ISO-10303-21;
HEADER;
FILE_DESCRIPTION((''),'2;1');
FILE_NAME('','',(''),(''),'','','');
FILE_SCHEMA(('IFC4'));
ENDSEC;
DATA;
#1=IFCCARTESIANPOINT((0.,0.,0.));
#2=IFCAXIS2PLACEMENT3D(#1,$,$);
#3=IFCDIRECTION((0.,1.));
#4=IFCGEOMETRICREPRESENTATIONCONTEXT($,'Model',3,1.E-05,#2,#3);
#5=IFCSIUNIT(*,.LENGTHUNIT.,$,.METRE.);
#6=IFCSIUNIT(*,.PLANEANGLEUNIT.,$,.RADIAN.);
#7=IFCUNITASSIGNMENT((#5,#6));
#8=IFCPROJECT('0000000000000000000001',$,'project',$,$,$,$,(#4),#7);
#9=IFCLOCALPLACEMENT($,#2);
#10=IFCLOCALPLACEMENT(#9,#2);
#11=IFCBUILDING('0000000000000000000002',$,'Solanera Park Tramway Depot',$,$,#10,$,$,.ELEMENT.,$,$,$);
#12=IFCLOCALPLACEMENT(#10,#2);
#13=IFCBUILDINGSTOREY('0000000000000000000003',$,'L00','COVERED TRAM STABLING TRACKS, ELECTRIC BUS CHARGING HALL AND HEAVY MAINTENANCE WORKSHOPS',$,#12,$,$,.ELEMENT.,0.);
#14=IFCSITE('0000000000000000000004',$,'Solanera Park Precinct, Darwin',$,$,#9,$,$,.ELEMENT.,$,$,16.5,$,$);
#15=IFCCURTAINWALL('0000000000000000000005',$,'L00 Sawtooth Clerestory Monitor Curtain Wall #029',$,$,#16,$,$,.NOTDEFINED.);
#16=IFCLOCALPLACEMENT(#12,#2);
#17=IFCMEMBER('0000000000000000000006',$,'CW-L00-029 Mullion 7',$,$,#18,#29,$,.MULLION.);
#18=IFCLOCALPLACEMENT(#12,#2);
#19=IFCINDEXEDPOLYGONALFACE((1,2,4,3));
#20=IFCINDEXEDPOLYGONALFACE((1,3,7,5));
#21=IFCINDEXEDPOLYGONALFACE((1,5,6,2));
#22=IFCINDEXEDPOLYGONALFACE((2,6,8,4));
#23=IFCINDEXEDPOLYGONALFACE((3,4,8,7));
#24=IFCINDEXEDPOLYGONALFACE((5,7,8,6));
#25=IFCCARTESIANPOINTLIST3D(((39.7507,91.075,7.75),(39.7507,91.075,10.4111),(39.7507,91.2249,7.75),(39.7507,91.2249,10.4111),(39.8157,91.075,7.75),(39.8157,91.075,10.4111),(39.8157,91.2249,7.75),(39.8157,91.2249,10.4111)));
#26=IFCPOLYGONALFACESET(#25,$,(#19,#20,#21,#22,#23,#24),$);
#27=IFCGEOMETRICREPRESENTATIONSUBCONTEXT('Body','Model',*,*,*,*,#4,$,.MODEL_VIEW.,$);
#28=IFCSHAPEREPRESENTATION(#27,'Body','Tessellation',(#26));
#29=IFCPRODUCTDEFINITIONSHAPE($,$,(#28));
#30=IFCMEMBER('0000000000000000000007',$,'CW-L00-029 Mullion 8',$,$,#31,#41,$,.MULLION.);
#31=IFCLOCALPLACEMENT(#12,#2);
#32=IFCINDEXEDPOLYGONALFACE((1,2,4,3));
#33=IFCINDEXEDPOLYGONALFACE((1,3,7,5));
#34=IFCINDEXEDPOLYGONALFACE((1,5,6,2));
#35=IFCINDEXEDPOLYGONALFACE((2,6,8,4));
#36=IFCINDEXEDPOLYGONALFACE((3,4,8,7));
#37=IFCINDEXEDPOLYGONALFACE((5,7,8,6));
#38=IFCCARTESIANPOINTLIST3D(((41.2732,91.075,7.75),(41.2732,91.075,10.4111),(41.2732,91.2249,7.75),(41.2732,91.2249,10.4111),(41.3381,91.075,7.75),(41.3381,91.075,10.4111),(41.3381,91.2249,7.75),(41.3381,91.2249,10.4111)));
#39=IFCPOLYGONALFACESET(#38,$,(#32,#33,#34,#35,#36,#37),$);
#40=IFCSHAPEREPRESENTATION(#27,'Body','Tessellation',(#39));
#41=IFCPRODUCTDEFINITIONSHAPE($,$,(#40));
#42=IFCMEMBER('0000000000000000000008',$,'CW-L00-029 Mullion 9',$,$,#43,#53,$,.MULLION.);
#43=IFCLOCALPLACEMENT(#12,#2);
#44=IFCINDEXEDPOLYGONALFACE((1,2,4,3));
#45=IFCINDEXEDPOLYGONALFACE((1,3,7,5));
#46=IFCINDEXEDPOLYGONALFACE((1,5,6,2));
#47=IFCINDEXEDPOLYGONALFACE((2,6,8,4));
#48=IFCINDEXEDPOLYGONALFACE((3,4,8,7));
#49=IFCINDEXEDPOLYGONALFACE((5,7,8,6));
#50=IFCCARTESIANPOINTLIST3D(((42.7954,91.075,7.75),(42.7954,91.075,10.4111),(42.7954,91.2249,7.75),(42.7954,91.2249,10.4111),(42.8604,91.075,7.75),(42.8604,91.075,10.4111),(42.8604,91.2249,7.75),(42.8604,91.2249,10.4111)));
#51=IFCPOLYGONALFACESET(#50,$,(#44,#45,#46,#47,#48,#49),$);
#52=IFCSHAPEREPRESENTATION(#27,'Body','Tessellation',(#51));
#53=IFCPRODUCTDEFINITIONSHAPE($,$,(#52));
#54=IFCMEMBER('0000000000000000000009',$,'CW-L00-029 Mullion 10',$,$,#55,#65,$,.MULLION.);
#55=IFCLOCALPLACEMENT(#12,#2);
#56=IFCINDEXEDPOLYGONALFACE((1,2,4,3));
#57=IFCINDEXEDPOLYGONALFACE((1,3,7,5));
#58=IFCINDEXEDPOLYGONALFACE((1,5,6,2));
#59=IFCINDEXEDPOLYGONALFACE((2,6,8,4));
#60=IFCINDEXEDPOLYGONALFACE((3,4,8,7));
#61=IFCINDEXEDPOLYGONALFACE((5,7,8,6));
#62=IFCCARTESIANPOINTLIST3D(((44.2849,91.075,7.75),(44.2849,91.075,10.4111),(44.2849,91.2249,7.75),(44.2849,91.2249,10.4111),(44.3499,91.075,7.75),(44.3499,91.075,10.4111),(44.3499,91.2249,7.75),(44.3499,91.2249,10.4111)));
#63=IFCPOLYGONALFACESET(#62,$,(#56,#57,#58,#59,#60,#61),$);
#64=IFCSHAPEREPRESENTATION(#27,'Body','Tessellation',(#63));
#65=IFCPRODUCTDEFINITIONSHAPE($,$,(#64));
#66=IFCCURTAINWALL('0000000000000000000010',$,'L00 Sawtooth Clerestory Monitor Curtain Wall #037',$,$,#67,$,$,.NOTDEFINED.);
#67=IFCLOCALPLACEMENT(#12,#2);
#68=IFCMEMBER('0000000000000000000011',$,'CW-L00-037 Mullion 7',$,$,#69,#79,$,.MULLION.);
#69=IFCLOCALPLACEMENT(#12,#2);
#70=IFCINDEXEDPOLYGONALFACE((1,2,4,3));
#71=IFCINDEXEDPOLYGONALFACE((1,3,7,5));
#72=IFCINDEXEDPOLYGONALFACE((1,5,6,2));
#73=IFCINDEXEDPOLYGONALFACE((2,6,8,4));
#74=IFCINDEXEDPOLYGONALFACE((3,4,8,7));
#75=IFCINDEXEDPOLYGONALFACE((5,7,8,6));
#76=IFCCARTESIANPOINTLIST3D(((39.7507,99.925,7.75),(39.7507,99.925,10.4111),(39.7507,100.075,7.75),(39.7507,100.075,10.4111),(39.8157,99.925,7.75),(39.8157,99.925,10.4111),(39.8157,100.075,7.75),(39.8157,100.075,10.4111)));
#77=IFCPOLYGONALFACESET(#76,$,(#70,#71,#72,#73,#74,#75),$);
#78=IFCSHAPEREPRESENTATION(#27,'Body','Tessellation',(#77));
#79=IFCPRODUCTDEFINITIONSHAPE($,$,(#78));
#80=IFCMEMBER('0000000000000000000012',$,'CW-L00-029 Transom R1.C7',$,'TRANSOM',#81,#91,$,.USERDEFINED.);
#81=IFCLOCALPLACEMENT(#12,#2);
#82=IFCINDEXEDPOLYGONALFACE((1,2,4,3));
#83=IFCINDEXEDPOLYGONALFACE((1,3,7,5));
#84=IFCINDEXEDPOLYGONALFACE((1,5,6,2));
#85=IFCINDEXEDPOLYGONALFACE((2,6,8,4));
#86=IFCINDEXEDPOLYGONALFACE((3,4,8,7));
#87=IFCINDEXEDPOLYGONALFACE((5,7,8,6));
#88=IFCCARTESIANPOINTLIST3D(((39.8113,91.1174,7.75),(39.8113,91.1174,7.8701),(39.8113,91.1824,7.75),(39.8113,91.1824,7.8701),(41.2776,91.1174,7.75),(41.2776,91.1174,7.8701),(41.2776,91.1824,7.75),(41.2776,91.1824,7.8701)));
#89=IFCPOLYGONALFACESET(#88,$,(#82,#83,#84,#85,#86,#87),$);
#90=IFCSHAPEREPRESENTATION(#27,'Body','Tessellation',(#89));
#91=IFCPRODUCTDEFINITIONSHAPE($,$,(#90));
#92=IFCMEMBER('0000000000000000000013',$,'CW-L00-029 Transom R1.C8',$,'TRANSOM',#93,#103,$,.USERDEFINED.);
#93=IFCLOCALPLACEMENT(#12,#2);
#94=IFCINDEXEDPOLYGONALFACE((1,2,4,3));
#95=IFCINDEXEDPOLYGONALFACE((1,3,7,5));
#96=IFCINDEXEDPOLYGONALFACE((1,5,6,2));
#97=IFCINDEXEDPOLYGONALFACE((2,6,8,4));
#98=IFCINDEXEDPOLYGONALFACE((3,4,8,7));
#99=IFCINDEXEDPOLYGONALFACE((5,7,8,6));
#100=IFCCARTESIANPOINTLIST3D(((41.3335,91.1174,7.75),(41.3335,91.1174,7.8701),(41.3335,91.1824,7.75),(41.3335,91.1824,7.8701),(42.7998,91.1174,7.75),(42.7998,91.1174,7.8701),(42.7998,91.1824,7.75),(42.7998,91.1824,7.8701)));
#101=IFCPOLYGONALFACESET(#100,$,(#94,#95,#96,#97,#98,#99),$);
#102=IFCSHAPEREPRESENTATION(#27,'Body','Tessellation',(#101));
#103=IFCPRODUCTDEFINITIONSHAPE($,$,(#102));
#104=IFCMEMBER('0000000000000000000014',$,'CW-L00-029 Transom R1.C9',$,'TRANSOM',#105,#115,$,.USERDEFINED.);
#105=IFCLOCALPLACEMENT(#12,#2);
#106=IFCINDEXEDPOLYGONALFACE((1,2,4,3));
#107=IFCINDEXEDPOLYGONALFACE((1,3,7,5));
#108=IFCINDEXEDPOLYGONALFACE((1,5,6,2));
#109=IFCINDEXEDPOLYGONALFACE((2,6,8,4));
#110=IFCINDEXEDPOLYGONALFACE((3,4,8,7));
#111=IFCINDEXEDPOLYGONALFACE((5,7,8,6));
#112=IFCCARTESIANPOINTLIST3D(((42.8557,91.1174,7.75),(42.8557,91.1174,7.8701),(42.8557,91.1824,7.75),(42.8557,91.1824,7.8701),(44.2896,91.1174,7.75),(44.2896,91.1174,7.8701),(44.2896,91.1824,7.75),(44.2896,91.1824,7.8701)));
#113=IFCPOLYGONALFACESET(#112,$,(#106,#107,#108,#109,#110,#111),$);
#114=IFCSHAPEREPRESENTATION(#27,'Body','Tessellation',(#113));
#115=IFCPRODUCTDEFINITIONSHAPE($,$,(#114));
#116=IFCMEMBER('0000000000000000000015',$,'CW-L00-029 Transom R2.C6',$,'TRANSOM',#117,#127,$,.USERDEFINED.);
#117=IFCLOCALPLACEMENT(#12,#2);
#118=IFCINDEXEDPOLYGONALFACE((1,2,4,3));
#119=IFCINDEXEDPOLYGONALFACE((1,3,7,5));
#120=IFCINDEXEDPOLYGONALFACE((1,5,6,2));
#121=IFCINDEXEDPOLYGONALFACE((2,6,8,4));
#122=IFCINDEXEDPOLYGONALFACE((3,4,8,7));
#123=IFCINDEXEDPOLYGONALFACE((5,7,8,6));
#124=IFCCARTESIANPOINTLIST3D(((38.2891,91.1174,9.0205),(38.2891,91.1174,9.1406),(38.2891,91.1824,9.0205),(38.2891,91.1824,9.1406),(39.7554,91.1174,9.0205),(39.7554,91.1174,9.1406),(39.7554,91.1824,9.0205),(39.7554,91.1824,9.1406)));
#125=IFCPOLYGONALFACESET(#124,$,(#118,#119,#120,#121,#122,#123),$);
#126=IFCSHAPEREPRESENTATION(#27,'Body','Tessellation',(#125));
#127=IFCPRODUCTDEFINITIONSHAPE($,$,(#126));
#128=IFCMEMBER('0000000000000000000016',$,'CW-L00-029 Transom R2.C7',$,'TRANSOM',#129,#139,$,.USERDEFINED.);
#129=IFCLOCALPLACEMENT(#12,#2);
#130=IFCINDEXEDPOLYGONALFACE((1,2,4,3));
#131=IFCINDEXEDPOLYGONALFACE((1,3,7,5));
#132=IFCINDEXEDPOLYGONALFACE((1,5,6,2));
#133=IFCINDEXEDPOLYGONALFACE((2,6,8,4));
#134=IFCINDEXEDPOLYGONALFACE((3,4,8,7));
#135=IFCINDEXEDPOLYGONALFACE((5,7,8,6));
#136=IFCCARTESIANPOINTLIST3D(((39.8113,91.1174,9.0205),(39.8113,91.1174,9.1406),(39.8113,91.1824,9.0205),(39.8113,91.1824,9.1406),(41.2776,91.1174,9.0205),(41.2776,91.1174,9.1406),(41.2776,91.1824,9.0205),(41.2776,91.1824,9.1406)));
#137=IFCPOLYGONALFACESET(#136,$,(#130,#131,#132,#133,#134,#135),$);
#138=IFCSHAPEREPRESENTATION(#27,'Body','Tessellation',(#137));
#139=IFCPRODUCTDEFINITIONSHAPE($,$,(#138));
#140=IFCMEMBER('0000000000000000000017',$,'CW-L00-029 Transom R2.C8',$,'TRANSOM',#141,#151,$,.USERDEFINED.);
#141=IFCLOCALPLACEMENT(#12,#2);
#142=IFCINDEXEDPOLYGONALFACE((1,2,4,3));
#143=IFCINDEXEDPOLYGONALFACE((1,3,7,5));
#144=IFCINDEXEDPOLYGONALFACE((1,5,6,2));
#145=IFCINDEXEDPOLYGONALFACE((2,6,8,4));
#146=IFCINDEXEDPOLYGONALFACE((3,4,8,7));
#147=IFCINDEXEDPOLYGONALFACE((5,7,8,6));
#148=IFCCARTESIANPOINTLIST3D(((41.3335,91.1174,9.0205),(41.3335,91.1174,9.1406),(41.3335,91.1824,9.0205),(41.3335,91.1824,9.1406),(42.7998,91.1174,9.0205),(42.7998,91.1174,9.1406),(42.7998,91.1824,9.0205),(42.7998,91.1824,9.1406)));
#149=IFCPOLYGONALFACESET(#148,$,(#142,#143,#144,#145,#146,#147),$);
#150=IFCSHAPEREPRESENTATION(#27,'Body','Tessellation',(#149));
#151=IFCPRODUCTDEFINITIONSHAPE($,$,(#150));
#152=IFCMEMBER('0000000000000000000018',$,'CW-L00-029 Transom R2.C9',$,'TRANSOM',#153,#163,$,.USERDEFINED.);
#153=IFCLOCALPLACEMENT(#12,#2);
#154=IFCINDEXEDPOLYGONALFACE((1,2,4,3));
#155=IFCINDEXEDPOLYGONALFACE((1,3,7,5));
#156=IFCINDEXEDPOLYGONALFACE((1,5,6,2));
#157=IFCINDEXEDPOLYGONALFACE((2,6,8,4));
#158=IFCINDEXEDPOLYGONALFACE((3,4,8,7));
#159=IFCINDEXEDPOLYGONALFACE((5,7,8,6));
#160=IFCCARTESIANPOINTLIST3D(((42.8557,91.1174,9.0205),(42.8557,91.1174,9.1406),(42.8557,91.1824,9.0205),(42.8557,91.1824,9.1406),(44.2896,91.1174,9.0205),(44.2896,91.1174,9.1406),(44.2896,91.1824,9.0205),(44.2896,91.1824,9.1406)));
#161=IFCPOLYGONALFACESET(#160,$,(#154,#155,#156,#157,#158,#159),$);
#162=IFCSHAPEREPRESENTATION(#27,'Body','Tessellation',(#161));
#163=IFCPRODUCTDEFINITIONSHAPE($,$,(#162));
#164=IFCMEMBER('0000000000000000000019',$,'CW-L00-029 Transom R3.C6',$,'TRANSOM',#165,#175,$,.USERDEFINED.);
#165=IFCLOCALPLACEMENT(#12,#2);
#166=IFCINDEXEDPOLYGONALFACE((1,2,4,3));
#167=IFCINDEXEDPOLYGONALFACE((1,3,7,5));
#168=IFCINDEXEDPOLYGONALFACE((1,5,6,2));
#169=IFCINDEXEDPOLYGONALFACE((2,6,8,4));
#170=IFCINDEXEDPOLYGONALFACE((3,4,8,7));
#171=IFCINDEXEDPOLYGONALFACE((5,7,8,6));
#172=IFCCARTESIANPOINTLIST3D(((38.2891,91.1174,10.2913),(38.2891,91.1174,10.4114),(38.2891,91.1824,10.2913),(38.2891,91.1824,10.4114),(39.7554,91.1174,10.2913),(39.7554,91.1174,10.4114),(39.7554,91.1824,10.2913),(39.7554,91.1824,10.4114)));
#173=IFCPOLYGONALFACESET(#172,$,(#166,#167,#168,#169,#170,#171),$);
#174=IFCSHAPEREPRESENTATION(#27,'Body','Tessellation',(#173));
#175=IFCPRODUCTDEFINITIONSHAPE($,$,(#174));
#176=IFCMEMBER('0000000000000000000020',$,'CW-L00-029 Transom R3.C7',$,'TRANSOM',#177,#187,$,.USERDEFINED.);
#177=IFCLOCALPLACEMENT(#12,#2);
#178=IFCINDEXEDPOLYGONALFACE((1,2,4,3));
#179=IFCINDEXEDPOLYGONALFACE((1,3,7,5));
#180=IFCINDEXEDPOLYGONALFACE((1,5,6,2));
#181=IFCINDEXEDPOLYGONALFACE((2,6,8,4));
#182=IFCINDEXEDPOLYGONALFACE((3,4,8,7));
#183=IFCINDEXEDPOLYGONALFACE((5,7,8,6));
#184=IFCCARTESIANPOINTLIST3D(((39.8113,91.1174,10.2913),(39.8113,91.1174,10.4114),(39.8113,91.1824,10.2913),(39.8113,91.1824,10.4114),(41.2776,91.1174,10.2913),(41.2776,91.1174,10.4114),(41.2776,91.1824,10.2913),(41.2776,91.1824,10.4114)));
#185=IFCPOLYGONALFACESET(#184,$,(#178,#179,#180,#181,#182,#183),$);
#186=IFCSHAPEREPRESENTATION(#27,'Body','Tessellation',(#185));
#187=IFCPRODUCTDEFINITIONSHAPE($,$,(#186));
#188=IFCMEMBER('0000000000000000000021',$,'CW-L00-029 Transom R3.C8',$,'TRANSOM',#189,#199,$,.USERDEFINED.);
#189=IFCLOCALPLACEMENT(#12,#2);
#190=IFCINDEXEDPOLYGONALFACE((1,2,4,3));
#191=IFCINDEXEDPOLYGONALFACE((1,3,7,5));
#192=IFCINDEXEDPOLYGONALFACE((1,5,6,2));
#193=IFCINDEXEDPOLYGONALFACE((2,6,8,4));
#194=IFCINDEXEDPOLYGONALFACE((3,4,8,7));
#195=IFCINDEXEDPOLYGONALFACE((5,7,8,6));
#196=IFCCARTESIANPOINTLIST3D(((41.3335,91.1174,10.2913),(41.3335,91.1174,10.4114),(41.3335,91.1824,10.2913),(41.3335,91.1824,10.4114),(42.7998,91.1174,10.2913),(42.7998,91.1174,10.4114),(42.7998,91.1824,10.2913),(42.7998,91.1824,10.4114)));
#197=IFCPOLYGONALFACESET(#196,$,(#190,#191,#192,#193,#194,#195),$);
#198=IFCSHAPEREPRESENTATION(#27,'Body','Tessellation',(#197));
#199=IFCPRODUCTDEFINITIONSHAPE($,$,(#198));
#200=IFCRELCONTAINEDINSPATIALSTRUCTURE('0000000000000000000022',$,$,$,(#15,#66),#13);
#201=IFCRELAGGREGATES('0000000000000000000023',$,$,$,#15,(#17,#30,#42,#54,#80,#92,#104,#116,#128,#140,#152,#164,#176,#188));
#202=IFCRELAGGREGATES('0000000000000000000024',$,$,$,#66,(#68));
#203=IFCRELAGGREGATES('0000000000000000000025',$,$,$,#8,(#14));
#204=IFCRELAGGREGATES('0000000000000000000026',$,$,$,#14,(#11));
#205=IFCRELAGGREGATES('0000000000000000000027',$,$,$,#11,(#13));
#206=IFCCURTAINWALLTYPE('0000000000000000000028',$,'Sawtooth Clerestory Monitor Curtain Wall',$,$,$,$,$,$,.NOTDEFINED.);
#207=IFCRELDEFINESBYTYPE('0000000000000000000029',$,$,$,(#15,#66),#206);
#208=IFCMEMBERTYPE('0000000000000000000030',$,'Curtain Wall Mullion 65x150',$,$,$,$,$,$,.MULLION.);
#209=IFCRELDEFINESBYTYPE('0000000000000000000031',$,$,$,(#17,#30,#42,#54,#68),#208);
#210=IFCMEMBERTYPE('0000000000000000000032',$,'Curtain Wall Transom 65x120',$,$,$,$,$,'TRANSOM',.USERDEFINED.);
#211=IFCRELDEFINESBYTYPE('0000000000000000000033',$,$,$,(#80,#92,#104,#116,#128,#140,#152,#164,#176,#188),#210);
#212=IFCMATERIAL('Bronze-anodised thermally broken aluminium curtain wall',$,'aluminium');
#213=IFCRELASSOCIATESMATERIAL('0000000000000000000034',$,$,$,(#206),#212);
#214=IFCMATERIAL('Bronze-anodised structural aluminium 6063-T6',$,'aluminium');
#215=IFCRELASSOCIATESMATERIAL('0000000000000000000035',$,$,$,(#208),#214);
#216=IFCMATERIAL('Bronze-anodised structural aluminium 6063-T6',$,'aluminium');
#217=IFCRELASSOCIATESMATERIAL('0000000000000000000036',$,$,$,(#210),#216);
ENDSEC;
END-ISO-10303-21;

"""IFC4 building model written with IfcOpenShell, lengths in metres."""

from ifc_helpers import new_model, si_unit, direction, frame, origin, origin_2d, place, context, subcontext, project, spatial, rectangle, extrude, material, material_profile, profile_set, type_object, element, aggregate, save


model = new_model("IFC4")

# Units and contexts
model_context = context("Model", 3, precision=1e-05, world=origin(), true_north=direction((0.0, 1.0)))
body_context = subcontext(model_context, "Body", "Model", "MODEL_VIEW")
ifc_project = project(units=[si_unit("LENGTHUNIT", "METRE"), si_unit("PLANEANGLEUNIT", "RADIAN")], contexts=[model_context])

# Site, building, storey
site_placement = place(None, origin())
site = spatial("IfcSite", under=ifc_project, at=site_placement, Name="Solanera Park Precinct, Darwin", CompositionType="ELEMENT", RefElevation=16.5)
building_placement = place(site_placement, origin())
building = spatial("IfcBuilding", under=site, at=building_placement, Name="Solanera Park Tramway Depot", CompositionType="ELEMENT")
storey_placement = place(building_placement, origin())
storey = spatial("IfcBuildingStorey", under=building, at=storey_placement, Name="L00", Description="COVERED TRAM STABLING TRACKS, ELECTRIC BUS CHARGING HALL AND HEAVY MAINTENANCE WORKSHOPS", CompositionType="ELEMENT", Elevation=0.0)

# Curtain wall, members
ifc_material_1 = material(Name="Bronze-anodised thermally broken aluminium curtain wall", Category="aluminium")
curtain_wall_type = type_object("IfcCurtainWallType", Name="Sawtooth Clerestory Monitor Curtain Wall", PredefinedType="NOTDEFINED", material=ifc_material_1)
curtain_wall_1_placement = place(storey_placement, origin())
curtain_wall_1 = element("IfcCurtainWall", 1, at=curtain_wall_1_placement, inside=storey, type_object=curtain_wall_type, Name="L00 Sawtooth Clerestory Monitor Curtain Wall #029", PredefinedType="NOTDEFINED")
ifc_material_2 = material(Name="Bronze-anodised structural aluminium 6063-T6", Category="aluminium")
ifc_material_profile_1 = material_profile(ifc_material_2, rectangle(XDim=0.0649, YDim=0.1499, at=origin_2d()), Name="Curtain Wall Mullion 65x150")
ifc_profile_set_1 = profile_set([ifc_material_profile_1], Name="Bronze-anodised structural aluminium 6063-T6")
member_type_1 = type_object("IfcMemberType", Name="Curtain Wall Mullion 65x150", PredefinedType="MULLION", material=ifc_profile_set_1)
member_1_placement = place(storey_placement, frame((39.7832, 91.1499, 7.75), z_axis=(0.0, 0.0, 1.0), x_axis=(1.0, 0.0, 0.0)))
member_1 = element("IfcMember", 2, at=member_1_placement, type_object=member_type_1, Name="CW-L00-029 Mullion 7", PredefinedType="MULLION", context=body_context, shape_type="SweptSolid", body=[
    extrude(rectangle(XDim=0.0649, YDim=0.1499, at=origin_2d()), origin(), (0.0, 0.0, 1.0), 2.6611),
])
member_2_placement = place(storey_placement, frame((41.3057, 91.1499, 7.75), z_axis=(0.0, 0.0, 1.0), x_axis=(1.0, 0.0, 0.0)))
member_2 = element("IfcMember", 3, at=member_2_placement, type_object=member_type_1, Name="CW-L00-029 Mullion 8", PredefinedType="MULLION", context=body_context, shape_type="SweptSolid", body=[
    extrude(rectangle(XDim=0.0649, YDim=0.1499, at=origin_2d()), origin(), (0.0, 0.0, 1.0), 2.6611),
])
member_3_placement = place(storey_placement, frame((42.8279, 91.1499, 7.75), z_axis=(0.0, 0.0, 1.0), x_axis=(1.0, 0.0, 0.0)))
member_3 = element("IfcMember", 4, at=member_3_placement, type_object=member_type_1, Name="CW-L00-029 Mullion 9", PredefinedType="MULLION", context=body_context, shape_type="SweptSolid", body=[
    extrude(rectangle(XDim=0.0649, YDim=0.1499, at=origin_2d()), origin(), (0.0, 0.0, 1.0), 2.6611),
])
member_4_placement = place(storey_placement, frame((44.3174, 91.1499, 7.75), z_axis=(0.0, 0.0, 1.0), x_axis=(1.0, 0.0, 0.0)))
member_4 = element("IfcMember", 5, at=member_4_placement, type_object=member_type_1, Name="CW-L00-029 Mullion 10", PredefinedType="MULLION", context=body_context, shape_type="SweptSolid", body=[
    extrude(rectangle(XDim=0.0649, YDim=0.1499, at=origin_2d()), origin(), (0.0, 0.0, 1.0), 2.6611),
])

# Curtain wall, member
curtain_wall_2_placement = place(storey_placement, origin())
curtain_wall_2 = element("IfcCurtainWall", 6, at=curtain_wall_2_placement, inside=storey, type_object=curtain_wall_type, Name="L00 Sawtooth Clerestory Monitor Curtain Wall #037", PredefinedType="NOTDEFINED")
member_5_placement = place(storey_placement, frame((39.7832, 100.0, 7.75), z_axis=(0.0, 0.0, 1.0), x_axis=(1.0, 0.0, 0.0)))
member_5 = element("IfcMember", 7, at=member_5_placement, type_object=member_type_1, Name="CW-L00-037 Mullion 7", PredefinedType="MULLION", context=body_context, shape_type="SweptSolid", body=[
    extrude(rectangle(XDim=0.0649, YDim=0.1499, at=origin_2d()), origin(), (0.0, 0.0, 1.0), 2.6611),
])

# Members
ifc_material_3 = material(Name="Bronze-anodised structural aluminium 6063-T6", Category="aluminium")
ifc_material_profile_2 = material_profile(ifc_material_3, rectangle(XDim=0.0649, YDim=0.1201, at=origin_2d()), Name="Curtain Wall Transom 65x120")
ifc_profile_set_2 = profile_set([ifc_material_profile_2], Name="Bronze-anodised structural aluminium 6063-T6")
member_type_2 = type_object("IfcMemberType", Name="Curtain Wall Transom 65x120", ElementType="TRANSOM", PredefinedType="USERDEFINED", material=ifc_profile_set_2)
member_6_placement = place(storey_placement, frame((39.8113, 91.1499, 7.8101), z_axis=(1.0, 0.0, 0.0), x_axis=(0.0, 1.0, 0.0)))
member_6 = element("IfcMember", 8, at=member_6_placement, type_object=member_type_2, Name="CW-L00-029 Transom R1.C7", ObjectType="TRANSOM", PredefinedType="USERDEFINED", context=body_context, shape_type="SweptSolid", body=[
    extrude(rectangle(XDim=0.0649, YDim=0.1201, at=origin_2d()), origin(), (0.0, 0.0, 1.0), 1.4663),
])
member_7_placement = place(storey_placement, frame((41.3335, 91.1499, 7.8101), z_axis=(1.0, 0.0, 0.0), x_axis=(0.0, 1.0, 0.0)))
member_7 = element("IfcMember", 9, at=member_7_placement, type_object=member_type_2, Name="CW-L00-029 Transom R1.C8", ObjectType="TRANSOM", PredefinedType="USERDEFINED", context=body_context, shape_type="SweptSolid", body=[
    extrude(rectangle(XDim=0.0649, YDim=0.1201, at=origin_2d()), origin(), (0.0, 0.0, 1.0), 1.4663),
])
member_8_placement = place(storey_placement, frame((42.8557, 91.1499, 7.8101), z_axis=(1.0, 0.0, 0.0), x_axis=(0.0, 1.0, 0.0)))
member_8 = element("IfcMember", 10, at=member_8_placement, type_object=member_type_2, Name="CW-L00-029 Transom R1.C9", ObjectType="TRANSOM", PredefinedType="USERDEFINED", context=body_context, shape_type="SweptSolid", body=[
    extrude(rectangle(XDim=0.0649, YDim=0.1201, at=origin_2d()), origin(), (0.0, 0.0, 1.0), 1.4338),
])
member_9_placement = place(storey_placement, frame((38.2891, 91.1499, 9.0806), z_axis=(1.0, 0.0, 0.0), x_axis=(0.0, 1.0, 0.0)))
member_9 = element("IfcMember", 11, at=member_9_placement, type_object=member_type_2, Name="CW-L00-029 Transom R2.C6", ObjectType="TRANSOM", PredefinedType="USERDEFINED", context=body_context, shape_type="SweptSolid", body=[
    extrude(rectangle(XDim=0.0649, YDim=0.1201, at=origin_2d()), origin(), (0.0, 0.0, 1.0), 1.4663),
])
member_10_placement = place(storey_placement, frame((39.8113, 91.1499, 9.0806), z_axis=(1.0, 0.0, 0.0), x_axis=(0.0, 1.0, 0.0)))
member_10 = element("IfcMember", 12, at=member_10_placement, type_object=member_type_2, Name="CW-L00-029 Transom R2.C7", ObjectType="TRANSOM", PredefinedType="USERDEFINED", context=body_context, shape_type="SweptSolid", body=[
    extrude(rectangle(XDim=0.0649, YDim=0.1201, at=origin_2d()), origin(), (0.0, 0.0, 1.0), 1.4663),
])
member_11_placement = place(storey_placement, frame((41.3335, 91.1499, 9.0806), z_axis=(1.0, 0.0, 0.0), x_axis=(0.0, 1.0, 0.0)))
member_11 = element("IfcMember", 13, at=member_11_placement, type_object=member_type_2, Name="CW-L00-029 Transom R2.C8", ObjectType="TRANSOM", PredefinedType="USERDEFINED", context=body_context, shape_type="SweptSolid", body=[
    extrude(rectangle(XDim=0.0649, YDim=0.1201, at=origin_2d()), origin(), (0.0, 0.0, 1.0), 1.4663),
])
member_12_placement = place(storey_placement, frame((42.8557, 91.1499, 9.0806), z_axis=(1.0, 0.0, 0.0), x_axis=(0.0, 1.0, 0.0)))
member_12 = element("IfcMember", 14, at=member_12_placement, type_object=member_type_2, Name="CW-L00-029 Transom R2.C9", ObjectType="TRANSOM", PredefinedType="USERDEFINED", context=body_context, shape_type="SweptSolid", body=[
    extrude(rectangle(XDim=0.0649, YDim=0.1201, at=origin_2d()), origin(), (0.0, 0.0, 1.0), 1.4338),
])
member_13_placement = place(storey_placement, frame((38.2891, 91.1499, 10.3513), z_axis=(1.0, 0.0, 0.0), x_axis=(0.0, 1.0, 0.0)))
member_13 = element("IfcMember", 15, at=member_13_placement, type_object=member_type_2, Name="CW-L00-029 Transom R3.C6", ObjectType="TRANSOM", PredefinedType="USERDEFINED", context=body_context, shape_type="SweptSolid", body=[
    extrude(rectangle(XDim=0.0649, YDim=0.1201, at=origin_2d()), origin(), (0.0, 0.0, 1.0), 1.4663),
])
member_14_placement = place(storey_placement, frame((39.8113, 91.1499, 10.3513), z_axis=(1.0, 0.0, 0.0), x_axis=(0.0, 1.0, 0.0)))
member_14 = element("IfcMember", 16, at=member_14_placement, type_object=member_type_2, Name="CW-L00-029 Transom R3.C7", ObjectType="TRANSOM", PredefinedType="USERDEFINED", context=body_context, shape_type="SweptSolid", body=[
    extrude(rectangle(XDim=0.0649, YDim=0.1201, at=origin_2d()), origin(), (0.0, 0.0, 1.0), 1.4663),
])
member_15_placement = place(storey_placement, frame((41.3335, 91.1499, 10.3513), z_axis=(1.0, 0.0, 0.0), x_axis=(0.0, 1.0, 0.0)))
member_15 = element("IfcMember", 17, at=member_15_placement, type_object=member_type_2, Name="CW-L00-029 Transom R3.C8", ObjectType="TRANSOM", PredefinedType="USERDEFINED", context=body_context, shape_type="SweptSolid", body=[
    extrude(rectangle(XDim=0.0649, YDim=0.1201, at=origin_2d()), origin(), (0.0, 0.0, 1.0), 1.4663),
])

aggregate(curtain_wall_1, [member_1, member_2, member_3, member_4, member_6, member_7, member_8, member_9, member_10, member_11, member_12, member_13, member_14, member_15])
aggregate(curtain_wall_2, [member_5])

save(model, "model.ifc")
